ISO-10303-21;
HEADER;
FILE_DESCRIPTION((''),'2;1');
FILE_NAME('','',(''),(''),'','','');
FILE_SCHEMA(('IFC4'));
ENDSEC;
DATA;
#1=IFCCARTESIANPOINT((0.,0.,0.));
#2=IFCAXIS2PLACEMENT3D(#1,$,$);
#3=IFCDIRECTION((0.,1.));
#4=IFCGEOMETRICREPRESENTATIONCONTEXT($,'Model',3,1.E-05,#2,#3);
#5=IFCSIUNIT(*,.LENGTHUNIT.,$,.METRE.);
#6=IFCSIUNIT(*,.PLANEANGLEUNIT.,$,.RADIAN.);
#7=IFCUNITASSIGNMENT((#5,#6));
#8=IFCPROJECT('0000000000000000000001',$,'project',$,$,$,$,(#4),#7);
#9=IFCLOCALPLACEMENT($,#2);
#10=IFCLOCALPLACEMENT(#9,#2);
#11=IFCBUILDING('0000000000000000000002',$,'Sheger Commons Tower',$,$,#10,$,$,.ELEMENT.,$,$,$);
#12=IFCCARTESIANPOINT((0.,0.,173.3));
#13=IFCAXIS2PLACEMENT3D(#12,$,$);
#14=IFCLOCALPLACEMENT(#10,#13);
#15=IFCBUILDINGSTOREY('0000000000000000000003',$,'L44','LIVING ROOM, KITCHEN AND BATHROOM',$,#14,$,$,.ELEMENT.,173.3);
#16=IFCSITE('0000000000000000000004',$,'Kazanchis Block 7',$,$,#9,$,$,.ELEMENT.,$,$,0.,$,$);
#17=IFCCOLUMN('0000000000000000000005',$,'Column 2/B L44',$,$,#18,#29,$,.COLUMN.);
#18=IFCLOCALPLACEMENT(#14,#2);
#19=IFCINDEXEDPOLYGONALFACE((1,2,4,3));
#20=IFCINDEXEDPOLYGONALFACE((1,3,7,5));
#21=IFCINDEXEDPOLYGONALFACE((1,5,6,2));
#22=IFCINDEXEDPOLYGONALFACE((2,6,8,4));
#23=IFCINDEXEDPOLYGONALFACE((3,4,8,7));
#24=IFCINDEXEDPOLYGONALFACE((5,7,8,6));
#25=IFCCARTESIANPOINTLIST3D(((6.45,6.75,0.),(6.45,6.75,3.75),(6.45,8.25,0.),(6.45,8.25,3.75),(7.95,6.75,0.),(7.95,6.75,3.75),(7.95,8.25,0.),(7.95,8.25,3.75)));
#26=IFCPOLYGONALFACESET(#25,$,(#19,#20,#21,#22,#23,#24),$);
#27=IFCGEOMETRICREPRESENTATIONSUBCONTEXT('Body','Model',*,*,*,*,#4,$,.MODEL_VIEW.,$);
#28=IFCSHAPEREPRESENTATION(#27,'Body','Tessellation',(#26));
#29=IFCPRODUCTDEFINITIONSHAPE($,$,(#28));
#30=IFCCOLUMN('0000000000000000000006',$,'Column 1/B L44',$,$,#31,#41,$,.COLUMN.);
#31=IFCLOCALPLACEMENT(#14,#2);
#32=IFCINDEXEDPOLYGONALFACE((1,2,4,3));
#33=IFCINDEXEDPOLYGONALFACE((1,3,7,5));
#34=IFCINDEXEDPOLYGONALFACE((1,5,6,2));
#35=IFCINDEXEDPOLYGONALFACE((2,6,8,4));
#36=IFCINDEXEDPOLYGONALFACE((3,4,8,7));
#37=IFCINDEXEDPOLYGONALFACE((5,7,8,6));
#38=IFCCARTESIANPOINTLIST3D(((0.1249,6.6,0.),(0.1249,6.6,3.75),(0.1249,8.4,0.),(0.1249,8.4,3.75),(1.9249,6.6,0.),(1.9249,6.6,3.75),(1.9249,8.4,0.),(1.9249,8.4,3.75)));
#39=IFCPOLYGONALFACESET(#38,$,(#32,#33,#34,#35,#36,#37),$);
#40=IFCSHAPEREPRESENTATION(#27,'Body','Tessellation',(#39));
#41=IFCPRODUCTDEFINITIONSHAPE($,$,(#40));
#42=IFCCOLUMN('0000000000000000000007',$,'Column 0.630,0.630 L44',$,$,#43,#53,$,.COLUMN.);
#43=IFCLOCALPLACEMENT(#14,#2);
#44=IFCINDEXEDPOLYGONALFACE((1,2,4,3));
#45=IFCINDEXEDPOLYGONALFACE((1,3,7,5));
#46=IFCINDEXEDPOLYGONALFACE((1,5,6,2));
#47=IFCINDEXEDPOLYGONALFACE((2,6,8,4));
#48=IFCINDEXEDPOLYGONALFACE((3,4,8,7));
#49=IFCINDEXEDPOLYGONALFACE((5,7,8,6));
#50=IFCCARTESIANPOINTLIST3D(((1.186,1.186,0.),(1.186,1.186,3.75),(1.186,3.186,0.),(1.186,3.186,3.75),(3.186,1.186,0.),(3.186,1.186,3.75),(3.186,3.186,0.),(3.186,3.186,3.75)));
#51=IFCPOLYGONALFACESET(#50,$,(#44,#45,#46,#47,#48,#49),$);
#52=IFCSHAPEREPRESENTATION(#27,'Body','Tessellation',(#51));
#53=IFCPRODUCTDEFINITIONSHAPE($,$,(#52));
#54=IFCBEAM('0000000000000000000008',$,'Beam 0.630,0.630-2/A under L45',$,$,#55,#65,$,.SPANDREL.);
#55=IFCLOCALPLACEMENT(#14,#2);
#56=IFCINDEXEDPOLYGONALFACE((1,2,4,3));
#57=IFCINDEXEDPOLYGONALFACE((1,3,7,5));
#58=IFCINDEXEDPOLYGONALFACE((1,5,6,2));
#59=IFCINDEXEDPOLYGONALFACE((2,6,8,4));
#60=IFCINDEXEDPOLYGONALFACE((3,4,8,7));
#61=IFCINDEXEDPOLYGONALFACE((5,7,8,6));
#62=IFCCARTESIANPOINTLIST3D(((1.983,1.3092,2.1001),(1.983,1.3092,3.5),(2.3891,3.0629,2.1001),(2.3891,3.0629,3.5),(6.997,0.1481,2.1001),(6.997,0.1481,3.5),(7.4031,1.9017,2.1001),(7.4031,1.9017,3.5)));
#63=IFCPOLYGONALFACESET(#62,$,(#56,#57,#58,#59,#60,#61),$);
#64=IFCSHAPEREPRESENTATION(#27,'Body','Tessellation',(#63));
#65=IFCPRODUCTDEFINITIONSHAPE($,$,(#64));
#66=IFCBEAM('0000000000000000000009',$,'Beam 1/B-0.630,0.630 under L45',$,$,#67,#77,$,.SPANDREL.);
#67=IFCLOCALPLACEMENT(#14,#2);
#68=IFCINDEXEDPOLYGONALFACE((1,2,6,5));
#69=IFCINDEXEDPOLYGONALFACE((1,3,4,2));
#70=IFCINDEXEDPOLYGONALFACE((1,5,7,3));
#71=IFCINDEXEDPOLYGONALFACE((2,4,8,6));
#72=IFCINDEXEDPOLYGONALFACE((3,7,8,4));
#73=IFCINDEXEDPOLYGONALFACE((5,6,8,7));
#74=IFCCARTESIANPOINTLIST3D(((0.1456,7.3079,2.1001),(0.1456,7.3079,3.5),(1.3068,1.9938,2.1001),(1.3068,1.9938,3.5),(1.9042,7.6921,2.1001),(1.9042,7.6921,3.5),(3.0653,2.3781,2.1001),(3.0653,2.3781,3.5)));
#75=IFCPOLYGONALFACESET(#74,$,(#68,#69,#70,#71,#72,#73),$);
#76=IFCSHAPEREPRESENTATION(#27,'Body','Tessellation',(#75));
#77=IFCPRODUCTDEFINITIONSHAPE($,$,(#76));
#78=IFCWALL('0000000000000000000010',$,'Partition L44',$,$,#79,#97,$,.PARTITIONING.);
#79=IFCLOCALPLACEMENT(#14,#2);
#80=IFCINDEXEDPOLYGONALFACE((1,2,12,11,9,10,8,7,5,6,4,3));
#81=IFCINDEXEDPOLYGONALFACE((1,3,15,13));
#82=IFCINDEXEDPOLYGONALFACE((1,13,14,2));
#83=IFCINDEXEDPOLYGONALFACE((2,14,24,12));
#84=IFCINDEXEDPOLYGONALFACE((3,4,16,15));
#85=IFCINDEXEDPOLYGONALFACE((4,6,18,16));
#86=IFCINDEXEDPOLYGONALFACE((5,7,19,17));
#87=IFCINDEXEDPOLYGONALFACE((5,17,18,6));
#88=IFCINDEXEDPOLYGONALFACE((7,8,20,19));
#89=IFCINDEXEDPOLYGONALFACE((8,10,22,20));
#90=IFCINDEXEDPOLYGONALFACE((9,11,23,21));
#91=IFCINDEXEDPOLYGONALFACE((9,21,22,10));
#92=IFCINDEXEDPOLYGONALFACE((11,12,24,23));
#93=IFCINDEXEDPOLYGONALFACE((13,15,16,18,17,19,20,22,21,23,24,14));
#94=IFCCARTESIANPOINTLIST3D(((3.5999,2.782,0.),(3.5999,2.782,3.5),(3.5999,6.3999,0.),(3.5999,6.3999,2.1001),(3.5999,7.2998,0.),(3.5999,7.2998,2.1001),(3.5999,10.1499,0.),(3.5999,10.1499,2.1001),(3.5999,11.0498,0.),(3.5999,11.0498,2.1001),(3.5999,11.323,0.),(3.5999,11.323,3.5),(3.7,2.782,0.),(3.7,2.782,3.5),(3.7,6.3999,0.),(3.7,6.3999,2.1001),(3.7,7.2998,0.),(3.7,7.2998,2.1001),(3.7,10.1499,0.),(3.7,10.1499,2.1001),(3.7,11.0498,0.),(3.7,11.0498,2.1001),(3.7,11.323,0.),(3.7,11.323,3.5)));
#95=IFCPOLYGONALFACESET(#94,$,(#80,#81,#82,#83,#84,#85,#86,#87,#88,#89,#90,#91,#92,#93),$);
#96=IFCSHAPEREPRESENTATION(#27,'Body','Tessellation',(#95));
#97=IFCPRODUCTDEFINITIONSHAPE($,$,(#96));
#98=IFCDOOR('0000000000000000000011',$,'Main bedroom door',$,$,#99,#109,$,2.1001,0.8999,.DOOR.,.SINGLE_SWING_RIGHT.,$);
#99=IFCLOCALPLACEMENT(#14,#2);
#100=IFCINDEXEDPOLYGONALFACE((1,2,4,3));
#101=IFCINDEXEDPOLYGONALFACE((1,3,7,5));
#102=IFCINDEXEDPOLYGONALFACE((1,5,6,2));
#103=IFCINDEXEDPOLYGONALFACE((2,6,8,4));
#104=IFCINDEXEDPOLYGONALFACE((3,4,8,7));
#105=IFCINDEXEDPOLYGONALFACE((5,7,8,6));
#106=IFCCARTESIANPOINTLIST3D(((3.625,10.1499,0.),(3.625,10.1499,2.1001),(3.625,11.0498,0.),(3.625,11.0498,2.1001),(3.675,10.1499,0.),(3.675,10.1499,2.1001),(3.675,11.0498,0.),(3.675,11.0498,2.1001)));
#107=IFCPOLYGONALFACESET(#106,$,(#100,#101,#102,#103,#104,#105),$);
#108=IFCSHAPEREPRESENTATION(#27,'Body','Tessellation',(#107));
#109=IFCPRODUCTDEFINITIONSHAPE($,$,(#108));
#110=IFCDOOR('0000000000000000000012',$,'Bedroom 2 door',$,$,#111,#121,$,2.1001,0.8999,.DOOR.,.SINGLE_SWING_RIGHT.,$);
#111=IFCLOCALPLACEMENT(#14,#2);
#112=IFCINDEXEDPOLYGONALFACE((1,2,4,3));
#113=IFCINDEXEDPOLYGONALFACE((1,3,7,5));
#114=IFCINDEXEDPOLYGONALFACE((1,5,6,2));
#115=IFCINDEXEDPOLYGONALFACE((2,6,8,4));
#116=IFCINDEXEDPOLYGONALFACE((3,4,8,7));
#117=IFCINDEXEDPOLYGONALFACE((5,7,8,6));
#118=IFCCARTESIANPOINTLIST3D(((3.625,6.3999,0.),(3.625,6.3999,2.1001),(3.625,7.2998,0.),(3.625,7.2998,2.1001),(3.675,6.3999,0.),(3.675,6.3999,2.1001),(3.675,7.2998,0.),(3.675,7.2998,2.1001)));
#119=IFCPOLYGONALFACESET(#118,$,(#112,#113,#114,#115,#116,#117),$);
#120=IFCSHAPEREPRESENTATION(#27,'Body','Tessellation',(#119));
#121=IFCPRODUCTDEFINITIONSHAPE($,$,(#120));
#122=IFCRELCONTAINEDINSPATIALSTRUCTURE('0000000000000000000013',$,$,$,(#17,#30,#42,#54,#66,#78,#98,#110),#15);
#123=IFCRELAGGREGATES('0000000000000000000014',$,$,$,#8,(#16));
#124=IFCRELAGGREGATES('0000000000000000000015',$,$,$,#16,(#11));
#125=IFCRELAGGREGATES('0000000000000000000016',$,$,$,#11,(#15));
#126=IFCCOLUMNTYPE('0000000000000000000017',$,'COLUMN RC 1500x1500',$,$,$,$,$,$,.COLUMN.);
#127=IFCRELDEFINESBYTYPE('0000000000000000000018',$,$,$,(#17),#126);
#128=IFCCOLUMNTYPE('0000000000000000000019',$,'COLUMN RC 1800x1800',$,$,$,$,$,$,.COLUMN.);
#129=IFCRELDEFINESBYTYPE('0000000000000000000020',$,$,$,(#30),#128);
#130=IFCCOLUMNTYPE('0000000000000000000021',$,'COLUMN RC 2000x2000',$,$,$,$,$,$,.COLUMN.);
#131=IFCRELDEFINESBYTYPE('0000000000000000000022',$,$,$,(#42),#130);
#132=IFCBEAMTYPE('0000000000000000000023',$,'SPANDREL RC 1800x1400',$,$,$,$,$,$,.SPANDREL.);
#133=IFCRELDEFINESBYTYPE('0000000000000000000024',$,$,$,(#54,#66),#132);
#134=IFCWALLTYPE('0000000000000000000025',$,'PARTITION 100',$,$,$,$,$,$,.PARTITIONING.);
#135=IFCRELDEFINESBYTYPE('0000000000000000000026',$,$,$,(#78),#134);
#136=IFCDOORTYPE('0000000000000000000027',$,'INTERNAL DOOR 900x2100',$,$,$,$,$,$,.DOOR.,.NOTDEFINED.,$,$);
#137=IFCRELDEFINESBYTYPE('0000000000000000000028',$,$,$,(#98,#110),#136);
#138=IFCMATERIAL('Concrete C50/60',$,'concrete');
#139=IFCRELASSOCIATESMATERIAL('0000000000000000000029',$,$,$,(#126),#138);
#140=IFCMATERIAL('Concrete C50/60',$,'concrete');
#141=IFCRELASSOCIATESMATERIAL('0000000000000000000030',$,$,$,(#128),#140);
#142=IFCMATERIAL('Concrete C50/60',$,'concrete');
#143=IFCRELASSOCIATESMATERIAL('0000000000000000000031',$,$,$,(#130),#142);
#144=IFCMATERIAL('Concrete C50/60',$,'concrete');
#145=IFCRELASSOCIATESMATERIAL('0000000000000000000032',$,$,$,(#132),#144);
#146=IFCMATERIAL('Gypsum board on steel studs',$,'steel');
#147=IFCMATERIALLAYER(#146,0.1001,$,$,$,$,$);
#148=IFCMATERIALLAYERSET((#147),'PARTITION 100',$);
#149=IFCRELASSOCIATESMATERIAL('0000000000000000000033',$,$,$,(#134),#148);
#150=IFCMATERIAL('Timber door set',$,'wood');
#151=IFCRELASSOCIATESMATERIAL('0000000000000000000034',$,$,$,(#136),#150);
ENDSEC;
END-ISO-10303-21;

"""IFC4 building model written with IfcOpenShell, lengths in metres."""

from ifc_helpers import new_model, si_unit, direction, frame, frame_2d, origin, origin_2d, place, context, subcontext, project, spatial, rectangle, extrude, material, layer, layer_set, material_profile, profile_set, type_object, element, fill, save


model = new_model("IFC4")

# Units and contexts
model_context = context("Model", 3, precision=1e-05, world=origin(), true_north=direction((0.0, 1.0)))
body_context = subcontext(model_context, "Body", "Model", "MODEL_VIEW")
ifc_project = project(units=[si_unit("LENGTHUNIT", "METRE"), si_unit("PLANEANGLEUNIT", "RADIAN")], contexts=[model_context])

# Site, building, storey
site_placement = place(None, origin())
site = spatial("IfcSite", under=ifc_project, at=site_placement, Name="Kazanchis Block 7", CompositionType="ELEMENT", RefElevation=0.0)
building_placement = place(site_placement, origin())
building = spatial("IfcBuilding", under=site, at=building_placement, Name="Sheger Commons Tower", CompositionType="ELEMENT")
storey_placement = place(building_placement, frame((0.0, 0.0, 173.3)))
storey = spatial("IfcBuildingStorey", under=building, at=storey_placement, Name="L44", Description="LIVING ROOM, KITCHEN AND BATHROOM", CompositionType="ELEMENT", Elevation=173.3)

# Columns
ifc_material_1 = material(Name="Concrete C50/60", Category="concrete")
ifc_material_profile_1 = material_profile(ifc_material_1, rectangle(XDim=1.5, YDim=1.5, at=origin_2d()), Name="RC 1500x1500")
ifc_profile_set_1 = profile_set([ifc_material_profile_1], Name="Concrete C50/60")
column_type_1 = type_object("IfcColumnType", Name="COLUMN RC 1500x1500", PredefinedType="COLUMN", material=ifc_profile_set_1)
column_1_placement = place(storey_placement, frame((7.2, 7.5, 0.0), z_axis=(0.0, 0.0, 1.0), x_axis=(1.0, 0.0, 0.0)))
element("IfcColumn", 1, at=column_1_placement, inside=storey, type_object=column_type_1, Name="Column 2/B L44", PredefinedType="COLUMN", context=body_context, shape_type="SweptSolid", body=[
    extrude(rectangle(XDim=1.5, YDim=1.5, at=origin_2d()), origin(), (0.0, 0.0, 1.0), 3.75),
])
ifc_material_2 = material(Name="Concrete C50/60", Category="concrete")
ifc_material_profile_2 = material_profile(ifc_material_2, rectangle(XDim=1.8, YDim=1.8, at=origin_2d()), Name="RC 1800x1800")
ifc_profile_set_2 = profile_set([ifc_material_profile_2], Name="Concrete C50/60")
column_type_2 = type_object("IfcColumnType", Name="COLUMN RC 1800x1800", PredefinedType="COLUMN", material=ifc_profile_set_2)
column_2_placement = place(storey_placement, frame((1.0249, 7.5, 0.0), z_axis=(0.0, 0.0, 1.0), x_axis=(1.0, 0.0, 0.0)))
element("IfcColumn", 2, at=column_2_placement, inside=storey, type_object=column_type_2, Name="Column 1/B L44", PredefinedType="COLUMN", context=body_context, shape_type="SweptSolid", body=[
    extrude(rectangle(XDim=1.8, YDim=1.8, at=origin_2d()), origin(), (0.0, 0.0, 1.0), 3.75),
])
ifc_material_3 = material(Name="Concrete C50/60", Category="concrete")
ifc_material_profile_3 = material_profile(ifc_material_3, rectangle(XDim=2.0, YDim=2.0, at=origin_2d()), Name="RC 2000x2000")
ifc_profile_set_3 = profile_set([ifc_material_profile_3], Name="Concrete C50/60")
column_type_3 = type_object("IfcColumnType", Name="COLUMN RC 2000x2000", PredefinedType="COLUMN", material=ifc_profile_set_3)
column_3_placement = place(storey_placement, frame((2.186, 2.186, 0.0), z_axis=(0.0, 0.0, 1.0), x_axis=(1.0, 0.0, 0.0)))
element("IfcColumn", 3, at=column_3_placement, inside=storey, type_object=column_type_3, Name="Column 0.630,0.630 L44", PredefinedType="COLUMN", context=body_context, shape_type="SweptSolid", body=[
    extrude(rectangle(XDim=2.0, YDim=2.0, at=origin_2d()), origin(), (0.0, 0.0, 1.0), 3.75),
])

# Beams
ifc_material_4 = material(Name="Concrete C50/60", Category="concrete")
ifc_material_profile_4 = material_profile(ifc_material_4, rectangle(XDim=1.8, YDim=1.3999, at=origin_2d()), Name="RC 1800x1400")
ifc_profile_set_4 = profile_set([ifc_material_profile_4], Name="Concrete C50/60")
beam_type = type_object("IfcBeamType", Name="SPANDREL RC 1800x1400", PredefinedType="SPANDREL", material=ifc_profile_set_4)
beam_1_placement = place(storey_placement, frame((2.186, 2.186, 2.8), z_axis=(0.974217, -0.225611, 0.0), x_axis=(0.225611, 0.974217, 0.0)))
element("IfcBeam", 4, at=beam_1_placement, inside=storey, type_object=beam_type, Name="Beam 0.630,0.630-2/A under L45", PredefinedType="SPANDREL", context=body_context, shape_type="SweptSolid", body=[
    extrude(rectangle(XDim=1.8, YDim=1.3999, at=origin_2d()), origin(), (0.0, 0.0, 1.0), 5.1467),
])
beam_2_placement = place(storey_placement, frame((1.0249, 7.5, 2.8), z_axis=(0.213469, -0.97695, 0.0), x_axis=(0.97695, 0.213469, 0.0)))
element("IfcBeam", 5, at=beam_2_placement, inside=storey, type_object=beam_type, Name="Beam 1/B-0.630,0.630 under L45", PredefinedType="SPANDREL", context=body_context, shape_type="SweptSolid", body=[
    extrude(rectangle(XDim=1.8, YDim=1.3999, at=origin_2d()), origin(), (0.0, 0.0, 1.0), 5.4395),
])

# Wall, openings, doors
ifc_material_5 = material(Name="Gypsum board on steel studs", Category="steel")
ifc_layer = layer(ifc_material_5, 0.1001)
ifc_layer_set = layer_set([ifc_layer], Name="PARTITION 100")
wall_type = type_object("IfcWallType", Name="PARTITION 100", PredefinedType="PARTITIONING", material=ifc_layer_set)
wall_1_placement = place(storey_placement, frame((3.6499, 2.782, 0.0), z_axis=(0.0, 0.0, 1.0), x_axis=(0.0, 1.0, 0.0)))
wall_1 = element("IfcWall", 6, at=wall_1_placement, inside=storey, type_object=wall_type, Name="Partition L44", PredefinedType="PARTITIONING", context=body_context, shape_type="SweptSolid", body=[
    extrude(rectangle(XDim=8.541, YDim=0.1001, at=frame_2d((4.2705, 0.0))), origin(), (0.0, 0.0, 1.0), 3.5),
])
opening_1_placement = place(wall_1_placement, frame((7.3679, 0.0, 0.0)))
opening_1 = element("IfcOpeningElement", 7, at=opening_1_placement, cuts=wall_1, PredefinedType="OPENING", context=body_context, shape_type="SweptSolid", body=[
    extrude(rectangle(XDim=0.8999, YDim=2.1001, at=frame_2d((0.45, 1.05))), frame((0.0, 0.0601, 0.0), z_axis=(0.0, -1.0, 0.0), x_axis=(1.0, 0.0, 0.0)), (0.0, 0.0, 1.0), 0.1201),
])
opening_2_placement = place(wall_1_placement, frame((3.6179, 0.0, 0.0)))
opening_2 = element("IfcOpeningElement", 8, at=opening_2_placement, cuts=wall_1, PredefinedType="OPENING", context=body_context, shape_type="SweptSolid", body=[
    extrude(rectangle(XDim=0.8999, YDim=2.1001, at=frame_2d((0.45, 1.05))), frame((0.0, 0.0601, 0.0), z_axis=(0.0, -1.0, 0.0), x_axis=(1.0, 0.0, 0.0)), (0.0, 0.0, 1.0), 0.1201),
])
ifc_material_6 = material(Name="Timber door set", Category="wood")
door_type = type_object("IfcDoorType", Name="INTERNAL DOOR 900x2100", OperationType="NOTDEFINED", PredefinedType="DOOR", material=ifc_material_6)
door_1_placement = place(opening_1_placement, origin())
door_1 = element("IfcDoor", 9, at=door_1_placement, inside=storey, type_object=door_type, Name="Main bedroom door", OperationType="SINGLE_SWING_RIGHT", OverallHeight=2.1001, OverallWidth=0.8999, PredefinedType="DOOR", context=body_context, shape_type="SweptSolid", body=[
    extrude(rectangle(XDim=0.8999, YDim=2.1001, at=frame_2d((0.45, 1.05))), frame((0.0, 0.0249, 0.0), z_axis=(0.0, -1.0, 0.0), x_axis=(1.0, 0.0, 0.0)), (0.0, 0.0, 1.0), 0.05),
])
fill(opening_1, door_1)
door_2_placement = place(opening_2_placement, origin())
door_2 = element("IfcDoor", 10, at=door_2_placement, inside=storey, type_object=door_type, Name="Bedroom 2 door", OperationType="SINGLE_SWING_RIGHT", OverallHeight=2.1001, OverallWidth=0.8999, PredefinedType="DOOR", context=body_context, shape_type="SweptSolid", body=[
    extrude(rectangle(XDim=0.8999, YDim=2.1001, at=frame_2d((0.45, 1.05))), frame((0.0, 0.0249, 0.0), z_axis=(0.0, -1.0, 0.0), x_axis=(1.0, 0.0, 0.0)), (0.0, 0.0, 1.0), 0.05),
])
fill(opening_2, door_2)

save(model, "model.ifc")
